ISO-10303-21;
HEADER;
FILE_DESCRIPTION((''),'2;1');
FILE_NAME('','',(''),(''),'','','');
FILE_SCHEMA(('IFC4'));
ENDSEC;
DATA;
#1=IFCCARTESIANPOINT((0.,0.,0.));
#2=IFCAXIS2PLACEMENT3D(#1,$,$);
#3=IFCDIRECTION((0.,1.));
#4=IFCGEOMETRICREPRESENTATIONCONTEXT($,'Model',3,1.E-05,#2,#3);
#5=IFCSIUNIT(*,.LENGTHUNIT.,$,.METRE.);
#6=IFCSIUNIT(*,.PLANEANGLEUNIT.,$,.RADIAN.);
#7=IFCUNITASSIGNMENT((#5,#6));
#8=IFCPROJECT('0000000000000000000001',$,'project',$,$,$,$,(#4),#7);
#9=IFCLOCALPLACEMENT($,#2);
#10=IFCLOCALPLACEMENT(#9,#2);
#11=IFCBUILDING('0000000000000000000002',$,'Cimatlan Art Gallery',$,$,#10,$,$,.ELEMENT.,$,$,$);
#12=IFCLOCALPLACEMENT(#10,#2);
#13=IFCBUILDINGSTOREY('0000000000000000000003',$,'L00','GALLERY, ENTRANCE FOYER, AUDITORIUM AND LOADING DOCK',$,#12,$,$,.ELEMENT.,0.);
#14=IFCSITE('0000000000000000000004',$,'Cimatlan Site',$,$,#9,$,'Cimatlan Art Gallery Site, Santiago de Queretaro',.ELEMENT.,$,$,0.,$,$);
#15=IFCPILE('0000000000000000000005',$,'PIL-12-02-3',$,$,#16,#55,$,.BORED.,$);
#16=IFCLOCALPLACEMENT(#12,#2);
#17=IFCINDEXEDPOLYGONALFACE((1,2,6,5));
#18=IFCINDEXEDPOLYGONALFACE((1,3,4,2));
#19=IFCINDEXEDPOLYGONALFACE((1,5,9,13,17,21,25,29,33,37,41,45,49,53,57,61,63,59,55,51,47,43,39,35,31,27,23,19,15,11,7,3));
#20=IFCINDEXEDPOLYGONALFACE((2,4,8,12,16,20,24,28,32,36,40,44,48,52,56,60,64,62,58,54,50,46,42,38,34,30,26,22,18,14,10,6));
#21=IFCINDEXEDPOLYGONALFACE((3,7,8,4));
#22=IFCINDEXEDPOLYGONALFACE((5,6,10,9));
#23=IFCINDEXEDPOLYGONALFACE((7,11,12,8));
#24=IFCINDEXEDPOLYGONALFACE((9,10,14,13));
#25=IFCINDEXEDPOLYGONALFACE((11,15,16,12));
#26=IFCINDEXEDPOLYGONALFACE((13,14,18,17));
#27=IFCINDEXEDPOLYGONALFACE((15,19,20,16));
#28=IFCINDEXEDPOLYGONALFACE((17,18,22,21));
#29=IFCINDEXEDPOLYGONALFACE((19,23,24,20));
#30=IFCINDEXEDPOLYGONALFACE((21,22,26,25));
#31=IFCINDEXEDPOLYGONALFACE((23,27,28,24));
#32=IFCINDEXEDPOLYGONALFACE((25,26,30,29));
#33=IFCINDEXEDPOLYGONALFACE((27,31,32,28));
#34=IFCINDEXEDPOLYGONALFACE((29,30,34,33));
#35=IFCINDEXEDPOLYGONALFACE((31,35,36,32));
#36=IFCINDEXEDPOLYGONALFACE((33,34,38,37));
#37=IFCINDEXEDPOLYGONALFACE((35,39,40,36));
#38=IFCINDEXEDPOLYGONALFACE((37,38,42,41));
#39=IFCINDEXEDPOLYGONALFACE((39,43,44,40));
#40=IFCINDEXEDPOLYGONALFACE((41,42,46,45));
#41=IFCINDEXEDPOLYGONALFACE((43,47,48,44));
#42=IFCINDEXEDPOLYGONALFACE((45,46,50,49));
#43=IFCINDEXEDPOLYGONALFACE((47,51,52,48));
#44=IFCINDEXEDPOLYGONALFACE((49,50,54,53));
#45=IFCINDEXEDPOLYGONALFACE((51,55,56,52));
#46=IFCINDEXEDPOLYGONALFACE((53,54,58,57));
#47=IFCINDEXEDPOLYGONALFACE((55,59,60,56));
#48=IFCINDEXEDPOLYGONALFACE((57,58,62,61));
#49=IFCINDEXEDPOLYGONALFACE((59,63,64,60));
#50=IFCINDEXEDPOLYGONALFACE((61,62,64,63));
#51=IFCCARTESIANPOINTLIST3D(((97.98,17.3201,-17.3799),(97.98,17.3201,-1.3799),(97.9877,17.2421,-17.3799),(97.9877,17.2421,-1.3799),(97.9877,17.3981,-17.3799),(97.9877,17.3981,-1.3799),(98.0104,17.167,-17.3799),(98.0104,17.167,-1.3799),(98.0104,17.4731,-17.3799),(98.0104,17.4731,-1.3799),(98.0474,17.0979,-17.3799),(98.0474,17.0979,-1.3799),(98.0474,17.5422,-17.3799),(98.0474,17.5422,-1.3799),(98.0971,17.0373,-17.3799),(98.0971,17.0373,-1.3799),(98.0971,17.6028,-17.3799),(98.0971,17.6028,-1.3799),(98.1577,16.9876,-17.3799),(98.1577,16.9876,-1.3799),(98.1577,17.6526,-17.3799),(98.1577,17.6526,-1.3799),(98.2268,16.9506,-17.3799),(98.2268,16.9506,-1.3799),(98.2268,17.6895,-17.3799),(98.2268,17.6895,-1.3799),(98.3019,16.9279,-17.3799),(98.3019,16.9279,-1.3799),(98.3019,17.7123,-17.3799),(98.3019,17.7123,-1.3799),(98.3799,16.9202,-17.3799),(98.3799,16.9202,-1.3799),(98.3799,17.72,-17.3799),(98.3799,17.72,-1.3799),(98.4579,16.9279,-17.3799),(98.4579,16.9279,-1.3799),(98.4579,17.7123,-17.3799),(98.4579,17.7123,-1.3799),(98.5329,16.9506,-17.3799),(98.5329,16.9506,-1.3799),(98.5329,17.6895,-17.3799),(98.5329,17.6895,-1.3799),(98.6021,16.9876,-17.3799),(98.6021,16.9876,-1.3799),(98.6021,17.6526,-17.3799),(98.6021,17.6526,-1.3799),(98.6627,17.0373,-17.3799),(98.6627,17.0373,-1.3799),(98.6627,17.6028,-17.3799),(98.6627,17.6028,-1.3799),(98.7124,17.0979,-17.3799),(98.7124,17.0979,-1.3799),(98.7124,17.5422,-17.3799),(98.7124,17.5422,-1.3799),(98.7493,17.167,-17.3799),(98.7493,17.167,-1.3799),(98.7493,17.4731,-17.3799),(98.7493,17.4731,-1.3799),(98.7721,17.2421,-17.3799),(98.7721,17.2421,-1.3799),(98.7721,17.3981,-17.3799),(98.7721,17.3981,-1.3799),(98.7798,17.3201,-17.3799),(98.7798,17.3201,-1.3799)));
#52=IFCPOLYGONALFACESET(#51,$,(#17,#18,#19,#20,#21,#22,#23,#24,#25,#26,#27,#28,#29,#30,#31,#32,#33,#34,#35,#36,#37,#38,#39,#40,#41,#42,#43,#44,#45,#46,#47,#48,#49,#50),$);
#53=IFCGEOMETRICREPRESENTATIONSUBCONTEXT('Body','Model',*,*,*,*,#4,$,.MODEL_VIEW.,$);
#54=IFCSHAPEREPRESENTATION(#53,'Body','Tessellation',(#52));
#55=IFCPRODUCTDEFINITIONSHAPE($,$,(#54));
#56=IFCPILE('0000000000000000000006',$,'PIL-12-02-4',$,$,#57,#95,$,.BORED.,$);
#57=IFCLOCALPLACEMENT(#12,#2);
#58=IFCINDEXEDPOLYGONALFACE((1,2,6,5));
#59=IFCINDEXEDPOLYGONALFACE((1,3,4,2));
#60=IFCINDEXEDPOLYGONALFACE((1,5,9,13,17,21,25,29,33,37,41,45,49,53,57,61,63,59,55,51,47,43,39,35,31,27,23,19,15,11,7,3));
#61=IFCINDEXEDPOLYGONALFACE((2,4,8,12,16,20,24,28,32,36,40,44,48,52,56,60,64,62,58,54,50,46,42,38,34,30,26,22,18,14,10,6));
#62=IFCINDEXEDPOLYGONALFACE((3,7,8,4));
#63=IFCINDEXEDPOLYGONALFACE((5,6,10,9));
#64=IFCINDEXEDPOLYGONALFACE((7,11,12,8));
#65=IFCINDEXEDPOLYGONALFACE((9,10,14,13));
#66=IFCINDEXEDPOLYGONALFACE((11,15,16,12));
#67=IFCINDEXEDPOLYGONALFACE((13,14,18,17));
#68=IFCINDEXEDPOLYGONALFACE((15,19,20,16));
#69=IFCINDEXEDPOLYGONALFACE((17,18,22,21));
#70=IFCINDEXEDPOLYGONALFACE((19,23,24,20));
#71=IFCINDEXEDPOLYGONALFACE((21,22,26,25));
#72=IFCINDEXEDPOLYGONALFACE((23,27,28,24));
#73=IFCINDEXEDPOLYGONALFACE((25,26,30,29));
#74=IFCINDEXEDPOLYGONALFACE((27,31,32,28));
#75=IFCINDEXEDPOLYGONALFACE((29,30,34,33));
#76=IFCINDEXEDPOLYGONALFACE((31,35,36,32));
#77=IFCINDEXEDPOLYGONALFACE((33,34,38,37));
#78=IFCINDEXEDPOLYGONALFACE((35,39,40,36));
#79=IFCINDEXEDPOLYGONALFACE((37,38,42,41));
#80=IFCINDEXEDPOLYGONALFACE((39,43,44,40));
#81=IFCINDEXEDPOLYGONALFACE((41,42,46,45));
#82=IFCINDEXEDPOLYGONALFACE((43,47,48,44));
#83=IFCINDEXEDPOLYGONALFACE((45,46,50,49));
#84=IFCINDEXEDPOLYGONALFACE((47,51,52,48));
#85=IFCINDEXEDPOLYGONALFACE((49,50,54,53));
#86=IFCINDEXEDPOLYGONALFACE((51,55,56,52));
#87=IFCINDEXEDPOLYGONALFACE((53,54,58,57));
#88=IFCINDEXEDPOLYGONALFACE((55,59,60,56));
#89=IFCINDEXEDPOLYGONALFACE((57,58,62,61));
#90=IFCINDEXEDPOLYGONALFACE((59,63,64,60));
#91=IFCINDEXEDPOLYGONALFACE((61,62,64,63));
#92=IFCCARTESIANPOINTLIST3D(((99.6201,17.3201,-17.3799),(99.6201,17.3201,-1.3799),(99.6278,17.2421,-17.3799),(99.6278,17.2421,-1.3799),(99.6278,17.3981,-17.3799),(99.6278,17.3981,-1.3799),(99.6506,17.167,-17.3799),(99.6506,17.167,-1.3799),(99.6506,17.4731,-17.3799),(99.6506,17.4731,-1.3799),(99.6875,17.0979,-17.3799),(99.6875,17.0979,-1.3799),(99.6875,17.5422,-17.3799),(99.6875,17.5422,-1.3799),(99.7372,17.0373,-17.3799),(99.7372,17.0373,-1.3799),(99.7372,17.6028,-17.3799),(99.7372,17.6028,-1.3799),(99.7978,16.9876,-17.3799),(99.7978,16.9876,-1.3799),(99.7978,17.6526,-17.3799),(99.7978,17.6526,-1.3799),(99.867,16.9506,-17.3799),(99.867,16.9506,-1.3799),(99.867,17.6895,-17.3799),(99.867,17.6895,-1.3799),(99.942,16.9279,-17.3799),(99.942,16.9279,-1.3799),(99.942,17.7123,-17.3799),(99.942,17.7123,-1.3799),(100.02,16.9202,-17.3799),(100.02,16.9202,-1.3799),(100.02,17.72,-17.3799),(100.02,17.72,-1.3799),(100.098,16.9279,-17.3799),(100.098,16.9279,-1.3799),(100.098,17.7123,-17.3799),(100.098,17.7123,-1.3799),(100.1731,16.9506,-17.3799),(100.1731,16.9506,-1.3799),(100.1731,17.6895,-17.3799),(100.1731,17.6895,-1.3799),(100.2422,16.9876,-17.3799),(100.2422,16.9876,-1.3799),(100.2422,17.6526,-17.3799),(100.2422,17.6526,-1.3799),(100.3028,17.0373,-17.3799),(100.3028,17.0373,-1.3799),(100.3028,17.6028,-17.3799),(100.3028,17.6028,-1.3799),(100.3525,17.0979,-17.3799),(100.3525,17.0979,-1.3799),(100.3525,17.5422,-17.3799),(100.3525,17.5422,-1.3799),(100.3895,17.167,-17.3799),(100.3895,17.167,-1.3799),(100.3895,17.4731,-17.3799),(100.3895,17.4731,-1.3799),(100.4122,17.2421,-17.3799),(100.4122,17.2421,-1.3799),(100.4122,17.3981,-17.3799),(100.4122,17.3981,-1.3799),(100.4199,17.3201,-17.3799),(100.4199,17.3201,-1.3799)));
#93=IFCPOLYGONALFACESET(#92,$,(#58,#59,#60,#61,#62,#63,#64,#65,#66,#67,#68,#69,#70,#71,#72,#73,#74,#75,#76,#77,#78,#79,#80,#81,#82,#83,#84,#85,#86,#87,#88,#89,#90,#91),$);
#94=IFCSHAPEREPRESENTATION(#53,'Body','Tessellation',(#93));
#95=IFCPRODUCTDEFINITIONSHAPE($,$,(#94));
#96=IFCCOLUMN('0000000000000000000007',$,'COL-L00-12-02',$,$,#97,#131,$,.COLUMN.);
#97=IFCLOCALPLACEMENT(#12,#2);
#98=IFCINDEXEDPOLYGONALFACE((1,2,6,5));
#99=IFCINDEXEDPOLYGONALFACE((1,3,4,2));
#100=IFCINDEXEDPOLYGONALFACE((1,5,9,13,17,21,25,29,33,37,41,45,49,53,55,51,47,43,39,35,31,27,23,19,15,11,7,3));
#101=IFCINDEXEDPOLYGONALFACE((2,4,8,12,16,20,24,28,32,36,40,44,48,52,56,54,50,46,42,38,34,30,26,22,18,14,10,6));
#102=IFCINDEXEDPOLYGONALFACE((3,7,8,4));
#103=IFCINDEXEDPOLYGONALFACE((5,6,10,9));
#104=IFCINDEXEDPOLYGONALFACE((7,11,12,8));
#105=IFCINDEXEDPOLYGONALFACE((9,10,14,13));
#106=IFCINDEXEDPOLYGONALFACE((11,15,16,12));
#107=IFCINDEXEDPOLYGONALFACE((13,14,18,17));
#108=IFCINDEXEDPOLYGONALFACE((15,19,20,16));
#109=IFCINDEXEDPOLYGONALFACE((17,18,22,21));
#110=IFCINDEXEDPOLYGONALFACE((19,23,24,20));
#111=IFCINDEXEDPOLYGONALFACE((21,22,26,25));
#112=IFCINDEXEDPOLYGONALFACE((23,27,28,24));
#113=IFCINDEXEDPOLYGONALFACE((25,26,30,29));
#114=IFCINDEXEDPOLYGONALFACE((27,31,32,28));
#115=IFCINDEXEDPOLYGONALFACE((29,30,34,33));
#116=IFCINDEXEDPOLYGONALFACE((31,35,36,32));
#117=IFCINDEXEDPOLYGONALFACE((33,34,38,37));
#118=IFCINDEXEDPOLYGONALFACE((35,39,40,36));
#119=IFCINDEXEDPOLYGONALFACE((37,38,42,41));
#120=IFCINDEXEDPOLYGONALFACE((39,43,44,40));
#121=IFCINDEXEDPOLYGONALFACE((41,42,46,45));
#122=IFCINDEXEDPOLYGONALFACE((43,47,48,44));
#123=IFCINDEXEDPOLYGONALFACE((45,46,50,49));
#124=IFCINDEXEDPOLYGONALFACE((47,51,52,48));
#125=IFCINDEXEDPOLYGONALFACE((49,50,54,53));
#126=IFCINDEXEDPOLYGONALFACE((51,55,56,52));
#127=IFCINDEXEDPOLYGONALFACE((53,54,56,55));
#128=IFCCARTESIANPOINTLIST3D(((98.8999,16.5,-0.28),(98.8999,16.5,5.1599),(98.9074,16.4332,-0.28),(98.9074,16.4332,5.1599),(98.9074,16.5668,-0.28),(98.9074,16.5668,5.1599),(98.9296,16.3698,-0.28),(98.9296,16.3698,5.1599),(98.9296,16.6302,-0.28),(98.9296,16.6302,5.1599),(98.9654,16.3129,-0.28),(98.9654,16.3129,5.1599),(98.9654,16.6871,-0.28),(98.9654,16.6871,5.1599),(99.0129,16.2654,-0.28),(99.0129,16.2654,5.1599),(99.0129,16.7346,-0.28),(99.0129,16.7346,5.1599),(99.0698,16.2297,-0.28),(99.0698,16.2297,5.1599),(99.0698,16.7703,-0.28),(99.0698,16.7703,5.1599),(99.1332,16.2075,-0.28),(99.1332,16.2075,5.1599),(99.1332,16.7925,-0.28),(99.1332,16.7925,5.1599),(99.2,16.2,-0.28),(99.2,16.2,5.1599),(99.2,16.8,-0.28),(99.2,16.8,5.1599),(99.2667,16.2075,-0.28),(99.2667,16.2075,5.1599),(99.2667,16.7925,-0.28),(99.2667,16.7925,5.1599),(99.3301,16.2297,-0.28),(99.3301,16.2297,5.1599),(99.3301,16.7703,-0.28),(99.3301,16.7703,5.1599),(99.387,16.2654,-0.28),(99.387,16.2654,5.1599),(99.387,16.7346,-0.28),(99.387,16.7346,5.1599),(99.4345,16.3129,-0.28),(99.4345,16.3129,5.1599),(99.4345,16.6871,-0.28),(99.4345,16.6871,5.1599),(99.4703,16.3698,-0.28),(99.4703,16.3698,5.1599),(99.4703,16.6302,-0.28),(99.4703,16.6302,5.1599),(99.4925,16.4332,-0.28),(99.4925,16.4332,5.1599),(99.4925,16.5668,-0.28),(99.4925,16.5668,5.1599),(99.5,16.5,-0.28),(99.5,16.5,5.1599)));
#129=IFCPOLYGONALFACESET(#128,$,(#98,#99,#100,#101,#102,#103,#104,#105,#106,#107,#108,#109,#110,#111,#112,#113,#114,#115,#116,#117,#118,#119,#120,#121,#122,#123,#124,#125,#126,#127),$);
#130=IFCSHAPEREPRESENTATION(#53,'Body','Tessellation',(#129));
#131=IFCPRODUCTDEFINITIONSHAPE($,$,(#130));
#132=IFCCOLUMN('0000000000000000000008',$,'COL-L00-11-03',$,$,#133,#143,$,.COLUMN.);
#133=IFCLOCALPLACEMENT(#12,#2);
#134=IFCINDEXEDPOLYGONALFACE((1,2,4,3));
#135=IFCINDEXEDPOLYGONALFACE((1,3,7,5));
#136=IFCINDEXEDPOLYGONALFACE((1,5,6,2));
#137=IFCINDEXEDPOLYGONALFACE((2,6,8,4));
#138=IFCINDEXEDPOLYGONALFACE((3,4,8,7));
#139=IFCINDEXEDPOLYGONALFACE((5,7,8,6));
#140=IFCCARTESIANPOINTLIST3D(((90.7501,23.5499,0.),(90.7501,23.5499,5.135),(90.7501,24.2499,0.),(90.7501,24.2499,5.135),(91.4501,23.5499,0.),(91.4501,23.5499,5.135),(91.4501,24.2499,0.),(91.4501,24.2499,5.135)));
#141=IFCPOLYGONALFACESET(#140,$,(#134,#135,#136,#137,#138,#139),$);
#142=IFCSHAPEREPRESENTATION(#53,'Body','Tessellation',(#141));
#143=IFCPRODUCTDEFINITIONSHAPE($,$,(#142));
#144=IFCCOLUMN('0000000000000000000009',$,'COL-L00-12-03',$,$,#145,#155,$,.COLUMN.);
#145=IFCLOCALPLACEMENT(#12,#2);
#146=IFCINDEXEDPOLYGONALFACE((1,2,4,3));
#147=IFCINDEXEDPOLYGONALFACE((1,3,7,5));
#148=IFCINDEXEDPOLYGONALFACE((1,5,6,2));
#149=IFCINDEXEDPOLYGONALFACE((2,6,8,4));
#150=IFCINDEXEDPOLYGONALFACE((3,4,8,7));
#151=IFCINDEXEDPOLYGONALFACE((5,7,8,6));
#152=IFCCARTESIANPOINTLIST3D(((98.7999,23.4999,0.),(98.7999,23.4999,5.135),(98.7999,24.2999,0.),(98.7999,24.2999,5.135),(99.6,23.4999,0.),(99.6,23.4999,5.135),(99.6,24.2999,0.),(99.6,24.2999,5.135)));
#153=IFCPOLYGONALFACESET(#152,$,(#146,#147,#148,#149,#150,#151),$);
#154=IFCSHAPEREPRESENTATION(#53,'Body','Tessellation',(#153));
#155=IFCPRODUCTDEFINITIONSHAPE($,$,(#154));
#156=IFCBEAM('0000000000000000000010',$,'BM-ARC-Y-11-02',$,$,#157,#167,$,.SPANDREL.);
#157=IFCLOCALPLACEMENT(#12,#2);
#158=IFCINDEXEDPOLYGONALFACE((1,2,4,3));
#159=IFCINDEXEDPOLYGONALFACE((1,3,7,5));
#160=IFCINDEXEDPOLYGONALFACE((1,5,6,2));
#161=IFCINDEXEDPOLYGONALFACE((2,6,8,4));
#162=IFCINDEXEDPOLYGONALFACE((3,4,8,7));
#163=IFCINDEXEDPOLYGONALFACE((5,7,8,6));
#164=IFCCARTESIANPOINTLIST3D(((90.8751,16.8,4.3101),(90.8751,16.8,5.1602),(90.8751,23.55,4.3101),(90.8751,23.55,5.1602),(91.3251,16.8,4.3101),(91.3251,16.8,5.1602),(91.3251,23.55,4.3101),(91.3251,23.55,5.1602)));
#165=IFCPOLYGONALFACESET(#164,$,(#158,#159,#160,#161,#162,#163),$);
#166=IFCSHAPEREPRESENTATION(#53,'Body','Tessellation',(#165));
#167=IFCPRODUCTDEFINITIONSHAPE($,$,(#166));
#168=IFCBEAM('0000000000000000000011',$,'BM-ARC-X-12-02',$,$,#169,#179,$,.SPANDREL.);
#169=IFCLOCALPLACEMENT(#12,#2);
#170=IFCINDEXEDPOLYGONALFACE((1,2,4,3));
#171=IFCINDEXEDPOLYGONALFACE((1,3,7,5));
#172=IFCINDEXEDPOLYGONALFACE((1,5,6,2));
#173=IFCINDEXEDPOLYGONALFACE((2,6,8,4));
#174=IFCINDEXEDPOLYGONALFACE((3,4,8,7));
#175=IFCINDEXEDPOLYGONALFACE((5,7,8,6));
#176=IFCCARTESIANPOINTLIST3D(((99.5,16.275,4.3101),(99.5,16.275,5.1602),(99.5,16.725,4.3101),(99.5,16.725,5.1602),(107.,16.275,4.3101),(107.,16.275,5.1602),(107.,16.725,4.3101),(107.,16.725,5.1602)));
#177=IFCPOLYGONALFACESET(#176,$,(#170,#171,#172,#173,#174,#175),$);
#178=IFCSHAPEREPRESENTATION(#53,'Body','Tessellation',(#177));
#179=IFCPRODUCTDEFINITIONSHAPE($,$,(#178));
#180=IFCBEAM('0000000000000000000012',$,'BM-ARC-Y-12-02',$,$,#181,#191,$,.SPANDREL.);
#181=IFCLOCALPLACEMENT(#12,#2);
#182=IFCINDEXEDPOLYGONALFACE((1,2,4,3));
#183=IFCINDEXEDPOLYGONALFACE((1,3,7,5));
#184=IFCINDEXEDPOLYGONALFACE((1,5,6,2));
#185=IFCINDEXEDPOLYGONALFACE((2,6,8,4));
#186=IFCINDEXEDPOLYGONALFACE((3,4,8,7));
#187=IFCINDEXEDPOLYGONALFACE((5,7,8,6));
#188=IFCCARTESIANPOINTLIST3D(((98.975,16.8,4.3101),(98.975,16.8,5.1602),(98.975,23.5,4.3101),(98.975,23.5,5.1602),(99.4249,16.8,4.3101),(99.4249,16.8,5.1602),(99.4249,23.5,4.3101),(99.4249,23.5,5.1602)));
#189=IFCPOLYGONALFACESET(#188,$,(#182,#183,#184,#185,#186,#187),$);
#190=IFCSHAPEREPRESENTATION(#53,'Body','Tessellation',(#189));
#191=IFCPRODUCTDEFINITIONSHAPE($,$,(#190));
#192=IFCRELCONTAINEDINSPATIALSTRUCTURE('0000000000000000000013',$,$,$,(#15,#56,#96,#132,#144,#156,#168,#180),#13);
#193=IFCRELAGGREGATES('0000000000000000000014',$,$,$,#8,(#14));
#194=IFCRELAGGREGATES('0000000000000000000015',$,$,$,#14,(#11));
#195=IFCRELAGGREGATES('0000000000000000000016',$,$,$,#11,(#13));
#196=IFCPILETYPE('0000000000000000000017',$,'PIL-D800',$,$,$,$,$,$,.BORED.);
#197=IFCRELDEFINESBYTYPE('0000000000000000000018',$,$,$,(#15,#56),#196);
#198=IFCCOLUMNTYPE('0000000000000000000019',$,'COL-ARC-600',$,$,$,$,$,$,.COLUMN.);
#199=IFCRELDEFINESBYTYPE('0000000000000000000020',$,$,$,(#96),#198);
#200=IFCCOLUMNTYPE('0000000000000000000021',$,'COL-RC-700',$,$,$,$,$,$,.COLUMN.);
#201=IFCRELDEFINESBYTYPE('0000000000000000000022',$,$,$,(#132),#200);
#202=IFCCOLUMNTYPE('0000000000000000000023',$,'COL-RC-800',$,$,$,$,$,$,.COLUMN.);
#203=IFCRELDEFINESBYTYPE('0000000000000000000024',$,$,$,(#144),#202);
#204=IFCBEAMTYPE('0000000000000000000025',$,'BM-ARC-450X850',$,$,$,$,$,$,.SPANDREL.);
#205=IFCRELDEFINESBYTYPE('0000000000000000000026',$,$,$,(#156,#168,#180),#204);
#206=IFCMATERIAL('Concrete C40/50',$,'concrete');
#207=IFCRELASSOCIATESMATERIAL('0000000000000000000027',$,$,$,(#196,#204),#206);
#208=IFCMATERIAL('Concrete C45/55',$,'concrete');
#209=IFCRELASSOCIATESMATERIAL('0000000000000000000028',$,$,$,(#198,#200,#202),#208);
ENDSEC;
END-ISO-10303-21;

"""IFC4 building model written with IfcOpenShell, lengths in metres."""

from ifc_helpers import new_model, si_unit, direction, frame, origin, origin_2d, place, context, subcontext, project, spatial, rectangle, circle, extrude, material, material_profile, profile_set, type_object, element, save


model = new_model("IFC4")

# Units and contexts
model_context = context("Model", 3, precision=1e-05, world=origin(), true_north=direction((0.0, 1.0)))
body_context = subcontext(model_context, "Body", "Model", "MODEL_VIEW")
ifc_project = project(units=[si_unit("LENGTHUNIT", "METRE"), si_unit("PLANEANGLEUNIT", "RADIAN")], contexts=[model_context])

# Site, building, storey
site_placement = place(None, origin())
site = spatial("IfcSite", under=ifc_project, at=site_placement, Name="Cimatlan Site", LongName="Cimatlan Art Gallery Site, Santiago de Queretaro", CompositionType="ELEMENT", RefElevation=0.0)
building_placement = place(site_placement, origin())
building = spatial("IfcBuilding", under=site, at=building_placement, Name="Cimatlan Art Gallery", CompositionType="ELEMENT")
storey_placement = place(building_placement, origin())
storey = spatial("IfcBuildingStorey", under=building, at=storey_placement, Name="L00", Description="GALLERY, ENTRANCE FOYER, AUDITORIUM AND LOADING DOCK", CompositionType="ELEMENT", Elevation=0.0)

# Piles
ifc_material_1 = material(Name="Concrete C40/50", Category="concrete")
pile_type = type_object("IfcPileType", Name="PIL-D800", PredefinedType="BORED", material=ifc_material_1)
for number, where, z_axis, x_axis, name in (
    (1, (98.3799, 17.3201, -1.3799), (0.0, 0.0, -1.0), (1.0, 0.0, 0.0), "PIL-12-02-3"),
    (2, (100.02, 17.3201, -1.3799), (0.0, 0.0, -1.0), (1.0, 0.0, 0.0), "PIL-12-02-4"),
):
    element("IfcPile", number, at=place(storey_placement, frame(where, z_axis=z_axis, x_axis=x_axis)), inside=storey, type_object=pile_type, Name=name, PredefinedType="BORED", context=body_context, shape_type="SweptSolid", body=[
        extrude(circle(Radius=0.3999, at=origin_2d()), origin(), (0.0, 0.0, 1.0), 16.0),
    ])

# Columns
ifc_material_2 = material(Name="Concrete C45/55", Category="concrete")
ifc_material_profile_1 = material_profile(ifc_material_2, circle(Radius=0.3, at=origin_2d()), Name="RCD600")
ifc_profile_set_1 = profile_set([ifc_material_profile_1], Name="Concrete C45/55")
column_type_1 = type_object("IfcColumnType", Name="COL-ARC-600", PredefinedType="COLUMN", material=ifc_profile_set_1)
column_1_placement = place(storey_placement, frame((99.2, 16.5, -0.28), z_axis=(0.0, 0.0, 1.0), x_axis=(1.0, 0.0, 0.0)))
element("IfcColumn", 3, at=column_1_placement, inside=storey, type_object=column_type_1, Name="COL-L00-12-02", PredefinedType="COLUMN", context=body_context, shape_type="SweptSolid", body=[
    extrude(circle(Radius=0.3, at=origin_2d()), origin(), (0.0, 0.0, 1.0), 5.4399),
])
ifc_material_profile_2 = material_profile(ifc_material_2, rectangle(XDim=0.7, YDim=0.7, at=origin_2d()), Name="RC700X700")
ifc_profile_set_2 = profile_set([ifc_material_profile_2], Name="Concrete C45/55")
column_type_2 = type_object("IfcColumnType", Name="COL-RC-700", PredefinedType="COLUMN", material=ifc_profile_set_2)
column_2_placement = place(storey_placement, frame((91.1001, 23.8999, 0.0), z_axis=(0.0, 0.0, 1.0), x_axis=(1.0, 0.0, 0.0)))
element("IfcColumn", 4, at=column_2_placement, inside=storey, type_object=column_type_2, Name="COL-L00-11-03", PredefinedType="COLUMN", context=body_context, shape_type="SweptSolid", body=[
    extrude(rectangle(XDim=0.7, YDim=0.7, at=origin_2d()), origin(), (0.0, 0.0, 1.0), 5.135),
])
ifc_material_profile_3 = material_profile(ifc_material_2, rectangle(XDim=0.8, YDim=0.8, at=origin_2d()), Name="RC800X800")
ifc_profile_set_3 = profile_set([ifc_material_profile_3], Name="Concrete C45/55")
column_type_3 = type_object("IfcColumnType", Name="COL-RC-800", PredefinedType="COLUMN", material=ifc_profile_set_3)
column_3_placement = place(storey_placement, frame((99.2, 23.8999, 0.0), z_axis=(0.0, 0.0, 1.0), x_axis=(1.0, 0.0, 0.0)))
element("IfcColumn", 5, at=column_3_placement, inside=storey, type_object=column_type_3, Name="COL-L00-12-03", PredefinedType="COLUMN", context=body_context, shape_type="SweptSolid", body=[
    extrude(rectangle(XDim=0.8, YDim=0.8, at=origin_2d()), origin(), (0.0, 0.0, 1.0), 5.135),
])

# Beams
ifc_material_profile_4 = material_profile(ifc_material_1, rectangle(XDim=0.45, YDim=0.8501, at=origin_2d()), Name="RC450X850")
ifc_profile_set_4 = profile_set([ifc_material_profile_4], Name="Concrete C40/50")
beam_type_1 = type_object("IfcBeamType", Name="BM-ARC-450X850", PredefinedType="SPANDREL", material=ifc_profile_set_4)
beam_1_placement = place(storey_placement, frame((91.1001, 16.8, 4.7351), z_axis=(0.0, 1.0, 0.0), x_axis=(-1.0, 0.0, 0.0)))
element("IfcBeam", 6, at=beam_1_placement, inside=storey, type_object=beam_type_1, Name="BM-ARC-Y-11-02", PredefinedType="SPANDREL", context=body_context, shape_type="SweptSolid", body=[
    extrude(rectangle(XDim=0.45, YDim=0.8501, at=origin_2d()), origin(), (0.0, 0.0, 1.0), 6.75),
])
beam_2_placement = place(storey_placement, frame((99.5, 16.5, 4.7351), z_axis=(1.0, 0.0, 0.0), x_axis=(0.0, 1.0, 0.0)))
element("IfcBeam", 7, at=beam_2_placement, inside=storey, type_object=beam_type_1, Name="BM-ARC-X-12-02", PredefinedType="SPANDREL", context=body_context, shape_type="SweptSolid", body=[
    extrude(rectangle(XDim=0.45, YDim=0.8501, at=origin_2d()), origin(), (0.0, 0.0, 1.0), 7.5),
])
beam_3_placement = place(storey_placement, frame((99.2, 16.8, 4.7351), z_axis=(0.0, 1.0, 0.0), x_axis=(-1.0, 0.0, 0.0)))
element("IfcBeam", 8, at=beam_3_placement, inside=storey, type_object=beam_type_1, Name="BM-ARC-Y-12-02", PredefinedType="SPANDREL", context=body_context, shape_type="SweptSolid", body=[
    extrude(rectangle(XDim=0.45, YDim=0.8501, at=origin_2d()), origin(), (0.0, 0.0, 1.0), 6.7),
])

save(model, "model.ifc")
